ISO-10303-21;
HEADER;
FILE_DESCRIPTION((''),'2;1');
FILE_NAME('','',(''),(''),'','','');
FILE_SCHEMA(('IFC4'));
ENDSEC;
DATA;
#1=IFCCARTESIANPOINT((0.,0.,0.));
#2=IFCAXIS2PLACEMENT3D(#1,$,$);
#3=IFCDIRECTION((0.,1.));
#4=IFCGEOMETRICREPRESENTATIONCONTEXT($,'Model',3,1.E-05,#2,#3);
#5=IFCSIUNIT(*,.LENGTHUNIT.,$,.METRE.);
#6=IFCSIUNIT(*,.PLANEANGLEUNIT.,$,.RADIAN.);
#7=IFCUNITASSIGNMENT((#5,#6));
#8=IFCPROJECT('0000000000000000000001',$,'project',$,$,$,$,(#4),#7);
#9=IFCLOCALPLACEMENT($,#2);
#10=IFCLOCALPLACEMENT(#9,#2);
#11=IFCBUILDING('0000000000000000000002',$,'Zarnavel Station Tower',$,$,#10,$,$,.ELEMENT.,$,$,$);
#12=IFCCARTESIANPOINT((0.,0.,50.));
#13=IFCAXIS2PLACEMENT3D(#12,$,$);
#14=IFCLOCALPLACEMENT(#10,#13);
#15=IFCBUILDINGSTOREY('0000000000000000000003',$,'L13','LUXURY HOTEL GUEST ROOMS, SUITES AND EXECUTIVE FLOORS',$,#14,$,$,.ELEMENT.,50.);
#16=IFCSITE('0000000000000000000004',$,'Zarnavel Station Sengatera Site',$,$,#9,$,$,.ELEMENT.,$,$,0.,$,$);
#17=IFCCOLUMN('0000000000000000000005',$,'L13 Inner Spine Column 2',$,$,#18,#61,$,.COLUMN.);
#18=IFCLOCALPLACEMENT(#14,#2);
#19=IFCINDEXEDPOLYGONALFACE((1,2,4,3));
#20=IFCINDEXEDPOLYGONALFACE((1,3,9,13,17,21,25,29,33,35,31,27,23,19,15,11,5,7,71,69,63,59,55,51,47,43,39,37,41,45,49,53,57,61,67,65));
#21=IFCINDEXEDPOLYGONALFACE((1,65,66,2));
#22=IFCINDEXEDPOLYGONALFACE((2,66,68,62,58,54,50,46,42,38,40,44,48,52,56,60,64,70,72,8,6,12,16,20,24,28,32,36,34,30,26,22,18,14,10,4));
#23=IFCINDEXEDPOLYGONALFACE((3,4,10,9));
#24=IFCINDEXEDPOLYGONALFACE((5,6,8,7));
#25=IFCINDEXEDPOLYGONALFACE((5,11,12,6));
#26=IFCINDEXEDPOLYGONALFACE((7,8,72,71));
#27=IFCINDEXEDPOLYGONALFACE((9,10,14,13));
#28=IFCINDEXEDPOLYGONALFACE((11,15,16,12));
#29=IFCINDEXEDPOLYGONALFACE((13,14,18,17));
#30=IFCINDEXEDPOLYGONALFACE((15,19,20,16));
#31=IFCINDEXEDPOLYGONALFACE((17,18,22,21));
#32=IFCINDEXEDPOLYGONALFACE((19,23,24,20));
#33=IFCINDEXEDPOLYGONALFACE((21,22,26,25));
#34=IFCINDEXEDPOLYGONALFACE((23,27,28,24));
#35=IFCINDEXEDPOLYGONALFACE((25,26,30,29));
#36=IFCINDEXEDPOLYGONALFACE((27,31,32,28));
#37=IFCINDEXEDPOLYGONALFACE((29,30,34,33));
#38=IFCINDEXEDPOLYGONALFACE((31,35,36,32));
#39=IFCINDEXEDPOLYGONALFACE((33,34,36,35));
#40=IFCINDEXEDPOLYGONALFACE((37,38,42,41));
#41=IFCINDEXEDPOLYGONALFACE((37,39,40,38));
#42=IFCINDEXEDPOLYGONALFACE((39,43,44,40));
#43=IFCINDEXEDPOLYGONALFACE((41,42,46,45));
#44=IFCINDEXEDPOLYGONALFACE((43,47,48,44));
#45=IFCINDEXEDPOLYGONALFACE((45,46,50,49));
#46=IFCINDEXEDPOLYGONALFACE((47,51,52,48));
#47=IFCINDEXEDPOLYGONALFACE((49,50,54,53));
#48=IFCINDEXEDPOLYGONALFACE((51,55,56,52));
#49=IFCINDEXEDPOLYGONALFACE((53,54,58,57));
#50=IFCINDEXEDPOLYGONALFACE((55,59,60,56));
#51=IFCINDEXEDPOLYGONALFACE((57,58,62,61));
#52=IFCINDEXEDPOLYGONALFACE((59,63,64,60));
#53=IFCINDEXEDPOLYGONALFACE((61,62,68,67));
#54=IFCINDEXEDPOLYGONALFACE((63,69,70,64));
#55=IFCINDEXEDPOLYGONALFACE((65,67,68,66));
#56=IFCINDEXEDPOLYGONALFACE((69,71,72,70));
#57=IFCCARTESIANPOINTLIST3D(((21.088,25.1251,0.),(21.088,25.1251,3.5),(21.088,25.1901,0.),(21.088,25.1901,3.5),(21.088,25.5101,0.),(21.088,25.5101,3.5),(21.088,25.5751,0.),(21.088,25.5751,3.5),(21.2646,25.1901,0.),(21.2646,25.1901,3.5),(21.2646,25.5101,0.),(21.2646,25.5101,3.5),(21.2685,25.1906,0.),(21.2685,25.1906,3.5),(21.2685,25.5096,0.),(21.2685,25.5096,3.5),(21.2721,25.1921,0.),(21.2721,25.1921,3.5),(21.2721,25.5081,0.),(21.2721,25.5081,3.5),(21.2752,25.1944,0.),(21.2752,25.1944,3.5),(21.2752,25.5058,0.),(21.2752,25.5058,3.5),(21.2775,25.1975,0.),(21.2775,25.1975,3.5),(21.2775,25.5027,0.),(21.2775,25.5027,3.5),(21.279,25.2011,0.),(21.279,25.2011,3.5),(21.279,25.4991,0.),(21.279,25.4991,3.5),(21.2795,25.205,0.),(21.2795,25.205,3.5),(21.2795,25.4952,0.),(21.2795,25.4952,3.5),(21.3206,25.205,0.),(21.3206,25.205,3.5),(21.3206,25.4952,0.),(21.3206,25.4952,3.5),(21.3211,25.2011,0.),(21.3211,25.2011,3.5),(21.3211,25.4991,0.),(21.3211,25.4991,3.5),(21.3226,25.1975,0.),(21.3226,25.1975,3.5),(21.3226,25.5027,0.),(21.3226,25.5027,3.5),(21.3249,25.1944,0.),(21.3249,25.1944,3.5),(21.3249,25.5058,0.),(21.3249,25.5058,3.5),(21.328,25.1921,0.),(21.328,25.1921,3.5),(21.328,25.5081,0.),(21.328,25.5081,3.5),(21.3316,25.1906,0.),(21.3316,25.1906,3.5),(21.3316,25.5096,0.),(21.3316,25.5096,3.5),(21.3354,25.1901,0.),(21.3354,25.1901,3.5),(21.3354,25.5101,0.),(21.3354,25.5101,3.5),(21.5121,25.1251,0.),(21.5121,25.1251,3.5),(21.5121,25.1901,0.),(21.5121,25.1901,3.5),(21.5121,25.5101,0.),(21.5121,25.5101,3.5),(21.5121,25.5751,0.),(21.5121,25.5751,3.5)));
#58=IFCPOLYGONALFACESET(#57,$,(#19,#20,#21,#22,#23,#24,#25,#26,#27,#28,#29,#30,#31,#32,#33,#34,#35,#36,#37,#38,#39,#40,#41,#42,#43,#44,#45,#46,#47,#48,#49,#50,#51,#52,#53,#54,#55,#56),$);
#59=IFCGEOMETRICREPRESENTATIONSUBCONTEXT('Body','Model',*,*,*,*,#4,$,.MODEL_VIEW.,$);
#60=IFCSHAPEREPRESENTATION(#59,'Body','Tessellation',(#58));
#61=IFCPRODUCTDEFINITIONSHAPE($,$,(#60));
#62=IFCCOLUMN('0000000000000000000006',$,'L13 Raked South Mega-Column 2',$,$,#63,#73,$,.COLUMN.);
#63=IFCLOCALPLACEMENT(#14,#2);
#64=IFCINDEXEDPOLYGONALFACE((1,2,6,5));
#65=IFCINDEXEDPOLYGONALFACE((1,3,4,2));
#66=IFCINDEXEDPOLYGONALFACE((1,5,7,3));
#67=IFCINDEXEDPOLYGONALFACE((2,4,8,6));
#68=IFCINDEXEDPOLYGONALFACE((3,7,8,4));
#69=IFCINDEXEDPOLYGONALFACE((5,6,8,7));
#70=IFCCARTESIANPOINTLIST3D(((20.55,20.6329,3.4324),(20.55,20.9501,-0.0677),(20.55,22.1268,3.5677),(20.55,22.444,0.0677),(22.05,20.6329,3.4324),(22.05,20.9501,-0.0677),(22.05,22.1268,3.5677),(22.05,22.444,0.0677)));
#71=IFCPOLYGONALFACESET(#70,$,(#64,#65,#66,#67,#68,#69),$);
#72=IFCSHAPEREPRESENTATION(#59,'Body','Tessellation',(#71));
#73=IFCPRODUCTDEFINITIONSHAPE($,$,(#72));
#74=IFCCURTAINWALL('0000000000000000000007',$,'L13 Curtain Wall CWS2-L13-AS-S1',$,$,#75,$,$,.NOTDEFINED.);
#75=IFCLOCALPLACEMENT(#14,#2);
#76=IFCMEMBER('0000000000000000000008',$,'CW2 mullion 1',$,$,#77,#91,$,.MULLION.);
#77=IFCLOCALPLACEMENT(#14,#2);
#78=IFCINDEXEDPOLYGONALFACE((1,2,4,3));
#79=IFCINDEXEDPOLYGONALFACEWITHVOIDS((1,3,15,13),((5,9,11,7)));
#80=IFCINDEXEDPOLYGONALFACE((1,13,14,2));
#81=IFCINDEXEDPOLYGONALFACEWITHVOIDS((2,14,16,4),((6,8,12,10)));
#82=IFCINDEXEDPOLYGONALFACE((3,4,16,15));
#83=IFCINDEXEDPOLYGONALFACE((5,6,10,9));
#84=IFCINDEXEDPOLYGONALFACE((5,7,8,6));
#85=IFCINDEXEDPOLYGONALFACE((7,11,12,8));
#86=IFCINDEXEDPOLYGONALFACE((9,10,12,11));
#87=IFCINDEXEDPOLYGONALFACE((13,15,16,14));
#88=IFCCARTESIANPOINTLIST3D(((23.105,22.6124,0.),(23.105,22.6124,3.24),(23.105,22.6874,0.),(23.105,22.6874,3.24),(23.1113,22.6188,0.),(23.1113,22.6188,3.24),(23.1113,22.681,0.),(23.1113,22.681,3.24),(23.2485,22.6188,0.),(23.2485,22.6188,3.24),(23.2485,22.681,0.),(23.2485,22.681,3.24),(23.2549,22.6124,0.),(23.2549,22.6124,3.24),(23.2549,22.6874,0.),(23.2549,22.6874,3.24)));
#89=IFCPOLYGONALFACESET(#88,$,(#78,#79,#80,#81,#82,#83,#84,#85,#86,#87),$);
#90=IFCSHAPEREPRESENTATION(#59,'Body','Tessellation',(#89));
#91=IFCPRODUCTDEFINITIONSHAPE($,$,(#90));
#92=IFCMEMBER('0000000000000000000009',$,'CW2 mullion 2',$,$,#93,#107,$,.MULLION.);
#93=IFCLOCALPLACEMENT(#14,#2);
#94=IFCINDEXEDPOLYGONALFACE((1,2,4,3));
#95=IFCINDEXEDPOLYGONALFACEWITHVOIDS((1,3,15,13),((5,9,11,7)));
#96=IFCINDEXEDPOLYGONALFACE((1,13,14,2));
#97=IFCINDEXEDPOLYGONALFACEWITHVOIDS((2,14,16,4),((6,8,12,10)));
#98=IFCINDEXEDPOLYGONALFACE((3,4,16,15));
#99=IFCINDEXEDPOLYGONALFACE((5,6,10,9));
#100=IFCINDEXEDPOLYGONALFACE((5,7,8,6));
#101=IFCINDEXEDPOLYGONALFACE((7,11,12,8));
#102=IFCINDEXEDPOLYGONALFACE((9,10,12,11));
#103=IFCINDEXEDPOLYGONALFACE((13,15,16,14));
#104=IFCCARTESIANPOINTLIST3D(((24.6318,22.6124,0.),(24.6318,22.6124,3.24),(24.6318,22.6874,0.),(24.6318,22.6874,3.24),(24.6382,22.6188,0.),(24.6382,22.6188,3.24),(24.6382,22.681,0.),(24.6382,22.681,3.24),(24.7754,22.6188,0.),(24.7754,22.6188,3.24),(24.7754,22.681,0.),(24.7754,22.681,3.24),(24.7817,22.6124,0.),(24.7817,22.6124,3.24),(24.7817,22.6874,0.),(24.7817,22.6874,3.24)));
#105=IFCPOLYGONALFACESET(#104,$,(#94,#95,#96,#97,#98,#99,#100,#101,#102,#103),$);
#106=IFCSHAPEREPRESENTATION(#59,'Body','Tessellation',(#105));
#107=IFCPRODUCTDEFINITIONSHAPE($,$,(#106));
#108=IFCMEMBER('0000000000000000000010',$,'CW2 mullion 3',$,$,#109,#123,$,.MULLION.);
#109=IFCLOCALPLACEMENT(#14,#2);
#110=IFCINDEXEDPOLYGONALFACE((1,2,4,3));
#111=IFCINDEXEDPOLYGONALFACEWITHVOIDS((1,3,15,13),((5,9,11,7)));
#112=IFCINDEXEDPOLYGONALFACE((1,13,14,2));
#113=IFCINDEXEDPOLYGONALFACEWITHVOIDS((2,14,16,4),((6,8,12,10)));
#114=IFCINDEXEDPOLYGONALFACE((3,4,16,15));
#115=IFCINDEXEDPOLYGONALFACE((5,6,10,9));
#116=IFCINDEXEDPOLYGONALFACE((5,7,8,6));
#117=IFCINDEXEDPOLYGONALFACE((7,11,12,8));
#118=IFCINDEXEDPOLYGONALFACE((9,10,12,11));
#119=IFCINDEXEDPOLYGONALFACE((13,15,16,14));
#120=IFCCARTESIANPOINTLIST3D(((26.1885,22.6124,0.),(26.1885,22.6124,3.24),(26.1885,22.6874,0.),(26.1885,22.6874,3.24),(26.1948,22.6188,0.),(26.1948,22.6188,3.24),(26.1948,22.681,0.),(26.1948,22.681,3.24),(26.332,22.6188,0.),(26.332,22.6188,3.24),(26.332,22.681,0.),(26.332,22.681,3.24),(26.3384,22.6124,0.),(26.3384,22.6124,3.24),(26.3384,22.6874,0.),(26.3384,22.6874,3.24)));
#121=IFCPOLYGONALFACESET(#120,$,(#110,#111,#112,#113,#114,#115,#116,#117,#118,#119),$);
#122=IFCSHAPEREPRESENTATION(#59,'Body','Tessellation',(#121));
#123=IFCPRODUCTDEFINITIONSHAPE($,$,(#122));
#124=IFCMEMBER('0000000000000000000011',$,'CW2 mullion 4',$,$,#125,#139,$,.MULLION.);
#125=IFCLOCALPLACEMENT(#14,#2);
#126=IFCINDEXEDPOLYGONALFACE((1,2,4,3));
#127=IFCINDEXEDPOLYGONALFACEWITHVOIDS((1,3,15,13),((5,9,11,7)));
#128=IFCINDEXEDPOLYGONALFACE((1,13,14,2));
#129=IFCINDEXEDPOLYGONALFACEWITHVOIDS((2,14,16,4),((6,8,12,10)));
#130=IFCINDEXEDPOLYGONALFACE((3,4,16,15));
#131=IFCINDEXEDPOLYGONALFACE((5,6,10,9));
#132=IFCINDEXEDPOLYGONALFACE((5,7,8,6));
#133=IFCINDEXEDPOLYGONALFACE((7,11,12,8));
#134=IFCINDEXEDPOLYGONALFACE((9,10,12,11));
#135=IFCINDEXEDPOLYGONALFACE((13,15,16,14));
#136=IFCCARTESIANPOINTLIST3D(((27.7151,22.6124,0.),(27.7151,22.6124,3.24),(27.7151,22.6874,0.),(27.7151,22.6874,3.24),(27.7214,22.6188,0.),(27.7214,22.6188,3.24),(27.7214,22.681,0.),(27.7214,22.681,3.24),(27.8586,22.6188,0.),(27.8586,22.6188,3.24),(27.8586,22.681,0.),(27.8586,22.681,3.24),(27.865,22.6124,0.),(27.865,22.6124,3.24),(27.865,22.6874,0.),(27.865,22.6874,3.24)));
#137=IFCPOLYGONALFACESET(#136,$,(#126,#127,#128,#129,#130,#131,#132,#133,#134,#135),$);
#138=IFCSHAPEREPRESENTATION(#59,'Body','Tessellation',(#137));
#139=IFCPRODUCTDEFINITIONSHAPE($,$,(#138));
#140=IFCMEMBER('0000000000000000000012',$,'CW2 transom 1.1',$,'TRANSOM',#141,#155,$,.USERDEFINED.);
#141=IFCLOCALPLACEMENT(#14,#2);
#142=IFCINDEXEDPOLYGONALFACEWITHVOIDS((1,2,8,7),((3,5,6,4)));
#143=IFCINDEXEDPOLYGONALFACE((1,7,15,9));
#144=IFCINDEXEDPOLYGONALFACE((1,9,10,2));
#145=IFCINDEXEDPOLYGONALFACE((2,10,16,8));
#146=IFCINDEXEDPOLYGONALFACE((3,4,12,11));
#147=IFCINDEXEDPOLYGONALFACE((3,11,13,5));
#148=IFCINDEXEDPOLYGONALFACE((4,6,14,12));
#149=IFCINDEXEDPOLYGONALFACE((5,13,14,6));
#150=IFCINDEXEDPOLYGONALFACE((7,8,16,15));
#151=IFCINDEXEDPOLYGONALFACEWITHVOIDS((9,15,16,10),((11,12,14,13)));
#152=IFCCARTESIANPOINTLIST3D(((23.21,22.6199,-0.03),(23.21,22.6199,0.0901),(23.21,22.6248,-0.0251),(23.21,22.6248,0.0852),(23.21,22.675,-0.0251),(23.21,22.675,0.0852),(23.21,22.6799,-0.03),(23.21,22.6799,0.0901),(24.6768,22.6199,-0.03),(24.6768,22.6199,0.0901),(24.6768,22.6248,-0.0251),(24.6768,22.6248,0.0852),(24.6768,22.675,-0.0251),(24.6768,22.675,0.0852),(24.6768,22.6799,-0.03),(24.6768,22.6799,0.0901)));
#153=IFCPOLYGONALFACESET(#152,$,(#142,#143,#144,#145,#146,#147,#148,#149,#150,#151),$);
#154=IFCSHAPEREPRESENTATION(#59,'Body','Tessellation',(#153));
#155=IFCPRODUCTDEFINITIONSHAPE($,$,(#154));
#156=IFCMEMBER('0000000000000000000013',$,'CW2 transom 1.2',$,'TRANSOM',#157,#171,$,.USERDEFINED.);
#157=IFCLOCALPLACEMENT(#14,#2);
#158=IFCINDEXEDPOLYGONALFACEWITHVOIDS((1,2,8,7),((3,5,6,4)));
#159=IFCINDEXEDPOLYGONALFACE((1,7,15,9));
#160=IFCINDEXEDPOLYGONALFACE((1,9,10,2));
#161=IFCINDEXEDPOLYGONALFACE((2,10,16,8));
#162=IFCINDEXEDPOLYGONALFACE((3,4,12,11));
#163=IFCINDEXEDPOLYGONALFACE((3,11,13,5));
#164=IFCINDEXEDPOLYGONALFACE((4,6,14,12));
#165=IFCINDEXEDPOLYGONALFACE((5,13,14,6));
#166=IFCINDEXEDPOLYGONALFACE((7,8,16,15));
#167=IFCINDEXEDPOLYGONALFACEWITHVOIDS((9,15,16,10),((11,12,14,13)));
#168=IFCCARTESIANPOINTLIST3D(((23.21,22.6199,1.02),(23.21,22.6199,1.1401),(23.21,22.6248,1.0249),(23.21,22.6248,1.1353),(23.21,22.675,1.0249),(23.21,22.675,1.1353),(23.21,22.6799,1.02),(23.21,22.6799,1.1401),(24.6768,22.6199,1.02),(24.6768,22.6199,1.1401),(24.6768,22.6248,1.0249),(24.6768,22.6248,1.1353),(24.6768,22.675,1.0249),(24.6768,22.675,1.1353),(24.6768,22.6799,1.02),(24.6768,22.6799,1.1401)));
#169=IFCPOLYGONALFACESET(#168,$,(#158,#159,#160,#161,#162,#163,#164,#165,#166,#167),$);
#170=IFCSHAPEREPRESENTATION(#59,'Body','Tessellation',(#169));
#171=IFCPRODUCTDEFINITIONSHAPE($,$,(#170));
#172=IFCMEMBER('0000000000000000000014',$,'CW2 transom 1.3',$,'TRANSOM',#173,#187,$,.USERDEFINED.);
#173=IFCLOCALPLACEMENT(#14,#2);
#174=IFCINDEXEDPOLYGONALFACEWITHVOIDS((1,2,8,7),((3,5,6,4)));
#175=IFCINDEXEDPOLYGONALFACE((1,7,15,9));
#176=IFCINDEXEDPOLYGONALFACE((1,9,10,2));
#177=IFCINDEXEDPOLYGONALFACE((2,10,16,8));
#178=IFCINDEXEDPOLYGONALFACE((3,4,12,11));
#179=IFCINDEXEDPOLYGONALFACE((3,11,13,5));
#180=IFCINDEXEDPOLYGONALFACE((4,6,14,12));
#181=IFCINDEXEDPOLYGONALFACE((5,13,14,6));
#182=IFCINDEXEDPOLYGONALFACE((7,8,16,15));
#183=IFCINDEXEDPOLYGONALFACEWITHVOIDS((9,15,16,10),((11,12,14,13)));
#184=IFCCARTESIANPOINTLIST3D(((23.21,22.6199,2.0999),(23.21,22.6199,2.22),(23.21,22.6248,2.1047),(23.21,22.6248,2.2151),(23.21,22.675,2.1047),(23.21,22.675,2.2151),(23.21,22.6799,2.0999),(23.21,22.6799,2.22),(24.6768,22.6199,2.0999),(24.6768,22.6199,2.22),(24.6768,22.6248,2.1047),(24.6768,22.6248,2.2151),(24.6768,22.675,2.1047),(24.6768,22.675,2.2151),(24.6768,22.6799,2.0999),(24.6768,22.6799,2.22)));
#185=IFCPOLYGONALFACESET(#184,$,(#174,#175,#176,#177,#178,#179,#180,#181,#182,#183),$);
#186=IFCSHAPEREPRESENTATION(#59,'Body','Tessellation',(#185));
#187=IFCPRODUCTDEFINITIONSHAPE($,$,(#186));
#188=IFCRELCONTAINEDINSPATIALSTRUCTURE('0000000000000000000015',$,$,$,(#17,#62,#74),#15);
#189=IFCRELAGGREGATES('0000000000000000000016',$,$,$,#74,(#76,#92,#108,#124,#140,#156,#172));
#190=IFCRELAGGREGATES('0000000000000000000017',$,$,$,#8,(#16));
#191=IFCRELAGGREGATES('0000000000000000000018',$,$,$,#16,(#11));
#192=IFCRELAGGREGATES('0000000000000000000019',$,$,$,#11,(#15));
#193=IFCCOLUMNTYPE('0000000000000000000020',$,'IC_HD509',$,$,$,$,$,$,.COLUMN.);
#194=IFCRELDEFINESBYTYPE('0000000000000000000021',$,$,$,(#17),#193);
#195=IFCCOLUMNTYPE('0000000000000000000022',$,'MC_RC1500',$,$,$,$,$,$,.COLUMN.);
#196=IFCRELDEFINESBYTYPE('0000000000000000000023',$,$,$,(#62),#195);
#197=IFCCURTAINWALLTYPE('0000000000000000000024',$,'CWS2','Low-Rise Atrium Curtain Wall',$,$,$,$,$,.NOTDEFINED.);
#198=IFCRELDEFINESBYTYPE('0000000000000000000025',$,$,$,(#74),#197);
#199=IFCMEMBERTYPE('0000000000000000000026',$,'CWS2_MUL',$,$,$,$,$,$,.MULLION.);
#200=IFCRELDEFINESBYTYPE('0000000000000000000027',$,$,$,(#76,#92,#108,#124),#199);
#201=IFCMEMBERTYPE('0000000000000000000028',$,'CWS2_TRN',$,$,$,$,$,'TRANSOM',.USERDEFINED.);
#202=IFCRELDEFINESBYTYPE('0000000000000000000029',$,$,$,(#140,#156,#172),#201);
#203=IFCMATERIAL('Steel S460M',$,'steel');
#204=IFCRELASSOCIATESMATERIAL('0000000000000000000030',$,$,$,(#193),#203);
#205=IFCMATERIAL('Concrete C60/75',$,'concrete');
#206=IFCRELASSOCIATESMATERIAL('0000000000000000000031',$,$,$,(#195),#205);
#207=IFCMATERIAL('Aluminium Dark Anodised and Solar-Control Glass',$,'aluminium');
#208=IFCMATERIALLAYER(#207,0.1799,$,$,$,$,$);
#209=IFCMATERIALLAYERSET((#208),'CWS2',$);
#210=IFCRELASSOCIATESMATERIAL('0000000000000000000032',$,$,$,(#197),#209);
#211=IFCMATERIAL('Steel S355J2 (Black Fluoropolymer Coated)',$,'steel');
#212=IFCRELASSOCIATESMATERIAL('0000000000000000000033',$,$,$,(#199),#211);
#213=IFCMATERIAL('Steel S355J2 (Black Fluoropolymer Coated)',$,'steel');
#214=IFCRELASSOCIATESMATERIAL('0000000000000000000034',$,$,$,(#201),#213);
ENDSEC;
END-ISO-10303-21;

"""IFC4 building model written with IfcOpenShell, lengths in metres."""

from ifc_helpers import new_model, si_unit, direction, frame, origin, origin_2d, place, context, subcontext, project, spatial, rectangle, hollow_rectangle, i_section, extrude, material, layer, layer_set, material_profile, profile_set, type_object, element, aggregate, save


model = new_model("IFC4")

# Units and contexts
model_context = context("Model", 3, precision=1e-05, world=origin(), true_north=direction((0.0, 1.0)))
body_context = subcontext(model_context, "Body", "Model", "MODEL_VIEW")
ifc_project = project(units=[si_unit("LENGTHUNIT", "METRE"), si_unit("PLANEANGLEUNIT", "RADIAN")], contexts=[model_context])

# Site, building, storey
site_placement = place(None, origin())
site = spatial("IfcSite", under=ifc_project, at=site_placement, Name="Zarnavel Station Sengatera Site", CompositionType="ELEMENT", RefElevation=0.0)
building_placement = place(site_placement, origin())
building = spatial("IfcBuilding", under=site, at=building_placement, Name="Zarnavel Station Tower", CompositionType="ELEMENT")
storey_placement = place(building_placement, frame((0.0, 0.0, 50.0)))
storey = spatial("IfcBuildingStorey", under=building, at=storey_placement, Name="L13", Description="LUXURY HOTEL GUEST ROOMS, SUITES AND EXECUTIVE FLOORS", CompositionType="ELEMENT", Elevation=50.0)

# Columns
ifc_material_1 = material(Name="Steel S460M", Category="steel")
ifc_material_profile_1 = material_profile(ifc_material_1, i_section(OverallWidth=0.4241, OverallDepth=0.45, WebThickness=0.041, FlangeThickness=0.0649, FilletRadius=0.0149, at=origin_2d()), Name="HD400x509")
ifc_profile_set_1 = profile_set([ifc_material_profile_1], Name="Steel S460M")
column_type_1 = type_object("IfcColumnType", Name="IC_HD509", PredefinedType="COLUMN", material=ifc_profile_set_1)
column_1_placement = place(storey_placement, frame((21.3, 25.3501, 0.0), z_axis=(0.0, 0.0, 1.0), x_axis=(1.0, 0.0, 0.0)))
element("IfcColumn", 1, at=column_1_placement, inside=storey, type_object=column_type_1, Name="L13 Inner Spine Column 2", PredefinedType="COLUMN", context=body_context, shape_type="SweptSolid", body=[
    extrude(i_section(OverallWidth=0.4241, OverallDepth=0.45, WebThickness=0.041, FlangeThickness=0.0649, FilletRadius=0.0149, at=origin_2d()), origin(), (0.0, 0.0, 1.0), 3.5),
])
ifc_material_2 = material(Name="Concrete C60/75", Category="concrete")
ifc_material_profile_2 = material_profile(ifc_material_2, rectangle(XDim=1.5, YDim=1.5, at=origin_2d()), Name="RC1500x1500")
ifc_profile_set_2 = profile_set([ifc_material_profile_2], Name="Concrete C60/75")
column_type_2 = type_object("IfcColumnType", Name="MC_RC1500", PredefinedType="COLUMN", material=ifc_profile_set_2)
column_2_placement = place(storey_placement, frame((21.3, 21.697, 0.0), z_axis=(0.0, -0.090241, 0.99592), x_axis=(1.0, 0.0, 0.0)))
element("IfcColumn", 2, at=column_2_placement, inside=storey, type_object=column_type_2, Name="L13 Raked South Mega-Column 2", PredefinedType="COLUMN", context=body_context, shape_type="SweptSolid", body=[
    extrude(rectangle(XDim=1.5, YDim=1.5, at=origin_2d()), origin(), (0.0, 0.0, 1.0), 3.5144),
])

# Curtain wall, members
ifc_material_3 = material(Name="Aluminium Dark Anodised and Solar-Control Glass", Category="aluminium")
ifc_layer_1 = layer(ifc_material_3, 0.1799)
ifc_layer_set_1 = layer_set([ifc_layer_1], Name="CWS2")
curtain_wall_type = type_object("IfcCurtainWallType", Name="CWS2", Description="Low-Rise Atrium Curtain Wall", PredefinedType="NOTDEFINED", material=ifc_layer_set_1)
curtain_wall_placement = place(storey_placement, origin())
curtain_wall = element("IfcCurtainWall", 3, at=curtain_wall_placement, inside=storey, type_object=curtain_wall_type, Name="L13 Curtain Wall CWS2-L13-AS-S1", PredefinedType="NOTDEFINED")
ifc_material_4 = material(Name="Steel S355J2 (Black Fluoropolymer Coated)", Category="steel")
ifc_material_profile_3 = material_profile(ifc_material_4, hollow_rectangle(XDim=0.075, YDim=0.1499, WallThickness=0.0063, at=origin_2d()), Name="RHS150x75x6.3")
ifc_profile_set_3 = profile_set([ifc_material_profile_3], Name="Steel S355J2 (Black Fluoropolymer Coated)")
member_type_1 = type_object("IfcMemberType", Name="CWS2_MUL", PredefinedType="MULLION", material=ifc_profile_set_3)
member_1_placement = place(storey_placement, frame((23.1799, 22.6499, 0.0), z_axis=(0.0, 0.0, 1.0), x_axis=(0.0, 1.0, 0.0)))
member_1 = element("IfcMember", 4, at=member_1_placement, type_object=member_type_1, Name="CW2 mullion 1", PredefinedType="MULLION", context=body_context, shape_type="SweptSolid", body=[
    extrude(hollow_rectangle(XDim=0.075, YDim=0.1499, WallThickness=0.0063, at=origin_2d()), origin(), (0.0, 0.0, 1.0), 3.24),
])
member_2_placement = place(storey_placement, frame((24.7068, 22.6499, 0.0), z_axis=(0.0, 0.0, 1.0), x_axis=(0.0, 1.0, 0.0)))
member_2 = element("IfcMember", 5, at=member_2_placement, type_object=member_type_1, Name="CW2 mullion 2", PredefinedType="MULLION", context=body_context, shape_type="SweptSolid", body=[
    extrude(hollow_rectangle(XDim=0.075, YDim=0.1499, WallThickness=0.0063, at=origin_2d()), origin(), (0.0, 0.0, 1.0), 3.24),
])
member_3_placement = place(storey_placement, frame((26.2634, 22.6499, 0.0), z_axis=(0.0, 0.0, 1.0), x_axis=(0.0, 1.0, 0.0)))
member_3 = element("IfcMember", 6, at=member_3_placement, type_object=member_type_1, Name="CW2 mullion 3", PredefinedType="MULLION", context=body_context, shape_type="SweptSolid", body=[
    extrude(hollow_rectangle(XDim=0.075, YDim=0.1499, WallThickness=0.0063, at=origin_2d()), origin(), (0.0, 0.0, 1.0), 3.24),
])
member_4_placement = place(storey_placement, frame((27.79, 22.6499, 0.0), z_axis=(0.0, 0.0, 1.0), x_axis=(0.0, 1.0, 0.0)))
member_4 = element("IfcMember", 7, at=member_4_placement, type_object=member_type_1, Name="CW2 mullion 4", PredefinedType="MULLION", context=body_context, shape_type="SweptSolid", body=[
    extrude(hollow_rectangle(XDim=0.075, YDim=0.1499, WallThickness=0.0063, at=origin_2d()), origin(), (0.0, 0.0, 1.0), 3.24),
])
ifc_material_5 = material(Name="Steel S355J2 (Black Fluoropolymer Coated)", Category="steel")
ifc_material_profile_4 = material_profile(ifc_material_5, hollow_rectangle(XDim=0.0601, YDim=0.1201, WallThickness=0.0049, at=origin_2d()), Name="RHS120x60x5")
ifc_profile_set_4 = profile_set([ifc_material_profile_4], Name="Steel S355J2 (Black Fluoropolymer Coated)")
member_type_2 = type_object("IfcMemberType", Name="CWS2_TRN", ElementType="TRANSOM", PredefinedType="USERDEFINED", material=ifc_profile_set_4)
member_5_placement = place(storey_placement, frame((23.21, 22.6499, 0.03), z_axis=(1.0, 0.0, 0.0), x_axis=(0.0, 1.0, 0.0)))
member_5 = element("IfcMember", 8, at=member_5_placement, type_object=member_type_2, Name="CW2 transom 1.1", ObjectType="TRANSOM", PredefinedType="USERDEFINED", context=body_context, shape_type="SweptSolid", body=[
    extrude(hollow_rectangle(XDim=0.0601, YDim=0.1201, WallThickness=0.0049, at=origin_2d()), origin(), (0.0, 0.0, 1.0), 1.4668),
])
member_6_placement = place(storey_placement, frame((23.21, 22.6499, 1.0801), z_axis=(1.0, 0.0, 0.0), x_axis=(0.0, 1.0, 0.0)))
member_6 = element("IfcMember", 9, at=member_6_placement, type_object=member_type_2, Name="CW2 transom 1.2", ObjectType="TRANSOM", PredefinedType="USERDEFINED", context=body_context, shape_type="SweptSolid", body=[
    extrude(hollow_rectangle(XDim=0.0601, YDim=0.1201, WallThickness=0.0049, at=origin_2d()), origin(), (0.0, 0.0, 1.0), 1.4668),
])
member_7_placement = place(storey_placement, frame((23.21, 22.6499, 2.1599), z_axis=(1.0, 0.0, 0.0), x_axis=(0.0, 1.0, 0.0)))
member_7 = element("IfcMember", 10, at=member_7_placement, type_object=member_type_2, Name="CW2 transom 1.3", ObjectType="TRANSOM", PredefinedType="USERDEFINED", context=body_context, shape_type="SweptSolid", body=[
    extrude(hollow_rectangle(XDim=0.0601, YDim=0.1201, WallThickness=0.0049, at=origin_2d()), origin(), (0.0, 0.0, 1.0), 1.4668),
])

aggregate(curtain_wall, [member_1, member_2, member_3, member_4, member_5, member_6, member_7])

save(model, "model.ifc")
